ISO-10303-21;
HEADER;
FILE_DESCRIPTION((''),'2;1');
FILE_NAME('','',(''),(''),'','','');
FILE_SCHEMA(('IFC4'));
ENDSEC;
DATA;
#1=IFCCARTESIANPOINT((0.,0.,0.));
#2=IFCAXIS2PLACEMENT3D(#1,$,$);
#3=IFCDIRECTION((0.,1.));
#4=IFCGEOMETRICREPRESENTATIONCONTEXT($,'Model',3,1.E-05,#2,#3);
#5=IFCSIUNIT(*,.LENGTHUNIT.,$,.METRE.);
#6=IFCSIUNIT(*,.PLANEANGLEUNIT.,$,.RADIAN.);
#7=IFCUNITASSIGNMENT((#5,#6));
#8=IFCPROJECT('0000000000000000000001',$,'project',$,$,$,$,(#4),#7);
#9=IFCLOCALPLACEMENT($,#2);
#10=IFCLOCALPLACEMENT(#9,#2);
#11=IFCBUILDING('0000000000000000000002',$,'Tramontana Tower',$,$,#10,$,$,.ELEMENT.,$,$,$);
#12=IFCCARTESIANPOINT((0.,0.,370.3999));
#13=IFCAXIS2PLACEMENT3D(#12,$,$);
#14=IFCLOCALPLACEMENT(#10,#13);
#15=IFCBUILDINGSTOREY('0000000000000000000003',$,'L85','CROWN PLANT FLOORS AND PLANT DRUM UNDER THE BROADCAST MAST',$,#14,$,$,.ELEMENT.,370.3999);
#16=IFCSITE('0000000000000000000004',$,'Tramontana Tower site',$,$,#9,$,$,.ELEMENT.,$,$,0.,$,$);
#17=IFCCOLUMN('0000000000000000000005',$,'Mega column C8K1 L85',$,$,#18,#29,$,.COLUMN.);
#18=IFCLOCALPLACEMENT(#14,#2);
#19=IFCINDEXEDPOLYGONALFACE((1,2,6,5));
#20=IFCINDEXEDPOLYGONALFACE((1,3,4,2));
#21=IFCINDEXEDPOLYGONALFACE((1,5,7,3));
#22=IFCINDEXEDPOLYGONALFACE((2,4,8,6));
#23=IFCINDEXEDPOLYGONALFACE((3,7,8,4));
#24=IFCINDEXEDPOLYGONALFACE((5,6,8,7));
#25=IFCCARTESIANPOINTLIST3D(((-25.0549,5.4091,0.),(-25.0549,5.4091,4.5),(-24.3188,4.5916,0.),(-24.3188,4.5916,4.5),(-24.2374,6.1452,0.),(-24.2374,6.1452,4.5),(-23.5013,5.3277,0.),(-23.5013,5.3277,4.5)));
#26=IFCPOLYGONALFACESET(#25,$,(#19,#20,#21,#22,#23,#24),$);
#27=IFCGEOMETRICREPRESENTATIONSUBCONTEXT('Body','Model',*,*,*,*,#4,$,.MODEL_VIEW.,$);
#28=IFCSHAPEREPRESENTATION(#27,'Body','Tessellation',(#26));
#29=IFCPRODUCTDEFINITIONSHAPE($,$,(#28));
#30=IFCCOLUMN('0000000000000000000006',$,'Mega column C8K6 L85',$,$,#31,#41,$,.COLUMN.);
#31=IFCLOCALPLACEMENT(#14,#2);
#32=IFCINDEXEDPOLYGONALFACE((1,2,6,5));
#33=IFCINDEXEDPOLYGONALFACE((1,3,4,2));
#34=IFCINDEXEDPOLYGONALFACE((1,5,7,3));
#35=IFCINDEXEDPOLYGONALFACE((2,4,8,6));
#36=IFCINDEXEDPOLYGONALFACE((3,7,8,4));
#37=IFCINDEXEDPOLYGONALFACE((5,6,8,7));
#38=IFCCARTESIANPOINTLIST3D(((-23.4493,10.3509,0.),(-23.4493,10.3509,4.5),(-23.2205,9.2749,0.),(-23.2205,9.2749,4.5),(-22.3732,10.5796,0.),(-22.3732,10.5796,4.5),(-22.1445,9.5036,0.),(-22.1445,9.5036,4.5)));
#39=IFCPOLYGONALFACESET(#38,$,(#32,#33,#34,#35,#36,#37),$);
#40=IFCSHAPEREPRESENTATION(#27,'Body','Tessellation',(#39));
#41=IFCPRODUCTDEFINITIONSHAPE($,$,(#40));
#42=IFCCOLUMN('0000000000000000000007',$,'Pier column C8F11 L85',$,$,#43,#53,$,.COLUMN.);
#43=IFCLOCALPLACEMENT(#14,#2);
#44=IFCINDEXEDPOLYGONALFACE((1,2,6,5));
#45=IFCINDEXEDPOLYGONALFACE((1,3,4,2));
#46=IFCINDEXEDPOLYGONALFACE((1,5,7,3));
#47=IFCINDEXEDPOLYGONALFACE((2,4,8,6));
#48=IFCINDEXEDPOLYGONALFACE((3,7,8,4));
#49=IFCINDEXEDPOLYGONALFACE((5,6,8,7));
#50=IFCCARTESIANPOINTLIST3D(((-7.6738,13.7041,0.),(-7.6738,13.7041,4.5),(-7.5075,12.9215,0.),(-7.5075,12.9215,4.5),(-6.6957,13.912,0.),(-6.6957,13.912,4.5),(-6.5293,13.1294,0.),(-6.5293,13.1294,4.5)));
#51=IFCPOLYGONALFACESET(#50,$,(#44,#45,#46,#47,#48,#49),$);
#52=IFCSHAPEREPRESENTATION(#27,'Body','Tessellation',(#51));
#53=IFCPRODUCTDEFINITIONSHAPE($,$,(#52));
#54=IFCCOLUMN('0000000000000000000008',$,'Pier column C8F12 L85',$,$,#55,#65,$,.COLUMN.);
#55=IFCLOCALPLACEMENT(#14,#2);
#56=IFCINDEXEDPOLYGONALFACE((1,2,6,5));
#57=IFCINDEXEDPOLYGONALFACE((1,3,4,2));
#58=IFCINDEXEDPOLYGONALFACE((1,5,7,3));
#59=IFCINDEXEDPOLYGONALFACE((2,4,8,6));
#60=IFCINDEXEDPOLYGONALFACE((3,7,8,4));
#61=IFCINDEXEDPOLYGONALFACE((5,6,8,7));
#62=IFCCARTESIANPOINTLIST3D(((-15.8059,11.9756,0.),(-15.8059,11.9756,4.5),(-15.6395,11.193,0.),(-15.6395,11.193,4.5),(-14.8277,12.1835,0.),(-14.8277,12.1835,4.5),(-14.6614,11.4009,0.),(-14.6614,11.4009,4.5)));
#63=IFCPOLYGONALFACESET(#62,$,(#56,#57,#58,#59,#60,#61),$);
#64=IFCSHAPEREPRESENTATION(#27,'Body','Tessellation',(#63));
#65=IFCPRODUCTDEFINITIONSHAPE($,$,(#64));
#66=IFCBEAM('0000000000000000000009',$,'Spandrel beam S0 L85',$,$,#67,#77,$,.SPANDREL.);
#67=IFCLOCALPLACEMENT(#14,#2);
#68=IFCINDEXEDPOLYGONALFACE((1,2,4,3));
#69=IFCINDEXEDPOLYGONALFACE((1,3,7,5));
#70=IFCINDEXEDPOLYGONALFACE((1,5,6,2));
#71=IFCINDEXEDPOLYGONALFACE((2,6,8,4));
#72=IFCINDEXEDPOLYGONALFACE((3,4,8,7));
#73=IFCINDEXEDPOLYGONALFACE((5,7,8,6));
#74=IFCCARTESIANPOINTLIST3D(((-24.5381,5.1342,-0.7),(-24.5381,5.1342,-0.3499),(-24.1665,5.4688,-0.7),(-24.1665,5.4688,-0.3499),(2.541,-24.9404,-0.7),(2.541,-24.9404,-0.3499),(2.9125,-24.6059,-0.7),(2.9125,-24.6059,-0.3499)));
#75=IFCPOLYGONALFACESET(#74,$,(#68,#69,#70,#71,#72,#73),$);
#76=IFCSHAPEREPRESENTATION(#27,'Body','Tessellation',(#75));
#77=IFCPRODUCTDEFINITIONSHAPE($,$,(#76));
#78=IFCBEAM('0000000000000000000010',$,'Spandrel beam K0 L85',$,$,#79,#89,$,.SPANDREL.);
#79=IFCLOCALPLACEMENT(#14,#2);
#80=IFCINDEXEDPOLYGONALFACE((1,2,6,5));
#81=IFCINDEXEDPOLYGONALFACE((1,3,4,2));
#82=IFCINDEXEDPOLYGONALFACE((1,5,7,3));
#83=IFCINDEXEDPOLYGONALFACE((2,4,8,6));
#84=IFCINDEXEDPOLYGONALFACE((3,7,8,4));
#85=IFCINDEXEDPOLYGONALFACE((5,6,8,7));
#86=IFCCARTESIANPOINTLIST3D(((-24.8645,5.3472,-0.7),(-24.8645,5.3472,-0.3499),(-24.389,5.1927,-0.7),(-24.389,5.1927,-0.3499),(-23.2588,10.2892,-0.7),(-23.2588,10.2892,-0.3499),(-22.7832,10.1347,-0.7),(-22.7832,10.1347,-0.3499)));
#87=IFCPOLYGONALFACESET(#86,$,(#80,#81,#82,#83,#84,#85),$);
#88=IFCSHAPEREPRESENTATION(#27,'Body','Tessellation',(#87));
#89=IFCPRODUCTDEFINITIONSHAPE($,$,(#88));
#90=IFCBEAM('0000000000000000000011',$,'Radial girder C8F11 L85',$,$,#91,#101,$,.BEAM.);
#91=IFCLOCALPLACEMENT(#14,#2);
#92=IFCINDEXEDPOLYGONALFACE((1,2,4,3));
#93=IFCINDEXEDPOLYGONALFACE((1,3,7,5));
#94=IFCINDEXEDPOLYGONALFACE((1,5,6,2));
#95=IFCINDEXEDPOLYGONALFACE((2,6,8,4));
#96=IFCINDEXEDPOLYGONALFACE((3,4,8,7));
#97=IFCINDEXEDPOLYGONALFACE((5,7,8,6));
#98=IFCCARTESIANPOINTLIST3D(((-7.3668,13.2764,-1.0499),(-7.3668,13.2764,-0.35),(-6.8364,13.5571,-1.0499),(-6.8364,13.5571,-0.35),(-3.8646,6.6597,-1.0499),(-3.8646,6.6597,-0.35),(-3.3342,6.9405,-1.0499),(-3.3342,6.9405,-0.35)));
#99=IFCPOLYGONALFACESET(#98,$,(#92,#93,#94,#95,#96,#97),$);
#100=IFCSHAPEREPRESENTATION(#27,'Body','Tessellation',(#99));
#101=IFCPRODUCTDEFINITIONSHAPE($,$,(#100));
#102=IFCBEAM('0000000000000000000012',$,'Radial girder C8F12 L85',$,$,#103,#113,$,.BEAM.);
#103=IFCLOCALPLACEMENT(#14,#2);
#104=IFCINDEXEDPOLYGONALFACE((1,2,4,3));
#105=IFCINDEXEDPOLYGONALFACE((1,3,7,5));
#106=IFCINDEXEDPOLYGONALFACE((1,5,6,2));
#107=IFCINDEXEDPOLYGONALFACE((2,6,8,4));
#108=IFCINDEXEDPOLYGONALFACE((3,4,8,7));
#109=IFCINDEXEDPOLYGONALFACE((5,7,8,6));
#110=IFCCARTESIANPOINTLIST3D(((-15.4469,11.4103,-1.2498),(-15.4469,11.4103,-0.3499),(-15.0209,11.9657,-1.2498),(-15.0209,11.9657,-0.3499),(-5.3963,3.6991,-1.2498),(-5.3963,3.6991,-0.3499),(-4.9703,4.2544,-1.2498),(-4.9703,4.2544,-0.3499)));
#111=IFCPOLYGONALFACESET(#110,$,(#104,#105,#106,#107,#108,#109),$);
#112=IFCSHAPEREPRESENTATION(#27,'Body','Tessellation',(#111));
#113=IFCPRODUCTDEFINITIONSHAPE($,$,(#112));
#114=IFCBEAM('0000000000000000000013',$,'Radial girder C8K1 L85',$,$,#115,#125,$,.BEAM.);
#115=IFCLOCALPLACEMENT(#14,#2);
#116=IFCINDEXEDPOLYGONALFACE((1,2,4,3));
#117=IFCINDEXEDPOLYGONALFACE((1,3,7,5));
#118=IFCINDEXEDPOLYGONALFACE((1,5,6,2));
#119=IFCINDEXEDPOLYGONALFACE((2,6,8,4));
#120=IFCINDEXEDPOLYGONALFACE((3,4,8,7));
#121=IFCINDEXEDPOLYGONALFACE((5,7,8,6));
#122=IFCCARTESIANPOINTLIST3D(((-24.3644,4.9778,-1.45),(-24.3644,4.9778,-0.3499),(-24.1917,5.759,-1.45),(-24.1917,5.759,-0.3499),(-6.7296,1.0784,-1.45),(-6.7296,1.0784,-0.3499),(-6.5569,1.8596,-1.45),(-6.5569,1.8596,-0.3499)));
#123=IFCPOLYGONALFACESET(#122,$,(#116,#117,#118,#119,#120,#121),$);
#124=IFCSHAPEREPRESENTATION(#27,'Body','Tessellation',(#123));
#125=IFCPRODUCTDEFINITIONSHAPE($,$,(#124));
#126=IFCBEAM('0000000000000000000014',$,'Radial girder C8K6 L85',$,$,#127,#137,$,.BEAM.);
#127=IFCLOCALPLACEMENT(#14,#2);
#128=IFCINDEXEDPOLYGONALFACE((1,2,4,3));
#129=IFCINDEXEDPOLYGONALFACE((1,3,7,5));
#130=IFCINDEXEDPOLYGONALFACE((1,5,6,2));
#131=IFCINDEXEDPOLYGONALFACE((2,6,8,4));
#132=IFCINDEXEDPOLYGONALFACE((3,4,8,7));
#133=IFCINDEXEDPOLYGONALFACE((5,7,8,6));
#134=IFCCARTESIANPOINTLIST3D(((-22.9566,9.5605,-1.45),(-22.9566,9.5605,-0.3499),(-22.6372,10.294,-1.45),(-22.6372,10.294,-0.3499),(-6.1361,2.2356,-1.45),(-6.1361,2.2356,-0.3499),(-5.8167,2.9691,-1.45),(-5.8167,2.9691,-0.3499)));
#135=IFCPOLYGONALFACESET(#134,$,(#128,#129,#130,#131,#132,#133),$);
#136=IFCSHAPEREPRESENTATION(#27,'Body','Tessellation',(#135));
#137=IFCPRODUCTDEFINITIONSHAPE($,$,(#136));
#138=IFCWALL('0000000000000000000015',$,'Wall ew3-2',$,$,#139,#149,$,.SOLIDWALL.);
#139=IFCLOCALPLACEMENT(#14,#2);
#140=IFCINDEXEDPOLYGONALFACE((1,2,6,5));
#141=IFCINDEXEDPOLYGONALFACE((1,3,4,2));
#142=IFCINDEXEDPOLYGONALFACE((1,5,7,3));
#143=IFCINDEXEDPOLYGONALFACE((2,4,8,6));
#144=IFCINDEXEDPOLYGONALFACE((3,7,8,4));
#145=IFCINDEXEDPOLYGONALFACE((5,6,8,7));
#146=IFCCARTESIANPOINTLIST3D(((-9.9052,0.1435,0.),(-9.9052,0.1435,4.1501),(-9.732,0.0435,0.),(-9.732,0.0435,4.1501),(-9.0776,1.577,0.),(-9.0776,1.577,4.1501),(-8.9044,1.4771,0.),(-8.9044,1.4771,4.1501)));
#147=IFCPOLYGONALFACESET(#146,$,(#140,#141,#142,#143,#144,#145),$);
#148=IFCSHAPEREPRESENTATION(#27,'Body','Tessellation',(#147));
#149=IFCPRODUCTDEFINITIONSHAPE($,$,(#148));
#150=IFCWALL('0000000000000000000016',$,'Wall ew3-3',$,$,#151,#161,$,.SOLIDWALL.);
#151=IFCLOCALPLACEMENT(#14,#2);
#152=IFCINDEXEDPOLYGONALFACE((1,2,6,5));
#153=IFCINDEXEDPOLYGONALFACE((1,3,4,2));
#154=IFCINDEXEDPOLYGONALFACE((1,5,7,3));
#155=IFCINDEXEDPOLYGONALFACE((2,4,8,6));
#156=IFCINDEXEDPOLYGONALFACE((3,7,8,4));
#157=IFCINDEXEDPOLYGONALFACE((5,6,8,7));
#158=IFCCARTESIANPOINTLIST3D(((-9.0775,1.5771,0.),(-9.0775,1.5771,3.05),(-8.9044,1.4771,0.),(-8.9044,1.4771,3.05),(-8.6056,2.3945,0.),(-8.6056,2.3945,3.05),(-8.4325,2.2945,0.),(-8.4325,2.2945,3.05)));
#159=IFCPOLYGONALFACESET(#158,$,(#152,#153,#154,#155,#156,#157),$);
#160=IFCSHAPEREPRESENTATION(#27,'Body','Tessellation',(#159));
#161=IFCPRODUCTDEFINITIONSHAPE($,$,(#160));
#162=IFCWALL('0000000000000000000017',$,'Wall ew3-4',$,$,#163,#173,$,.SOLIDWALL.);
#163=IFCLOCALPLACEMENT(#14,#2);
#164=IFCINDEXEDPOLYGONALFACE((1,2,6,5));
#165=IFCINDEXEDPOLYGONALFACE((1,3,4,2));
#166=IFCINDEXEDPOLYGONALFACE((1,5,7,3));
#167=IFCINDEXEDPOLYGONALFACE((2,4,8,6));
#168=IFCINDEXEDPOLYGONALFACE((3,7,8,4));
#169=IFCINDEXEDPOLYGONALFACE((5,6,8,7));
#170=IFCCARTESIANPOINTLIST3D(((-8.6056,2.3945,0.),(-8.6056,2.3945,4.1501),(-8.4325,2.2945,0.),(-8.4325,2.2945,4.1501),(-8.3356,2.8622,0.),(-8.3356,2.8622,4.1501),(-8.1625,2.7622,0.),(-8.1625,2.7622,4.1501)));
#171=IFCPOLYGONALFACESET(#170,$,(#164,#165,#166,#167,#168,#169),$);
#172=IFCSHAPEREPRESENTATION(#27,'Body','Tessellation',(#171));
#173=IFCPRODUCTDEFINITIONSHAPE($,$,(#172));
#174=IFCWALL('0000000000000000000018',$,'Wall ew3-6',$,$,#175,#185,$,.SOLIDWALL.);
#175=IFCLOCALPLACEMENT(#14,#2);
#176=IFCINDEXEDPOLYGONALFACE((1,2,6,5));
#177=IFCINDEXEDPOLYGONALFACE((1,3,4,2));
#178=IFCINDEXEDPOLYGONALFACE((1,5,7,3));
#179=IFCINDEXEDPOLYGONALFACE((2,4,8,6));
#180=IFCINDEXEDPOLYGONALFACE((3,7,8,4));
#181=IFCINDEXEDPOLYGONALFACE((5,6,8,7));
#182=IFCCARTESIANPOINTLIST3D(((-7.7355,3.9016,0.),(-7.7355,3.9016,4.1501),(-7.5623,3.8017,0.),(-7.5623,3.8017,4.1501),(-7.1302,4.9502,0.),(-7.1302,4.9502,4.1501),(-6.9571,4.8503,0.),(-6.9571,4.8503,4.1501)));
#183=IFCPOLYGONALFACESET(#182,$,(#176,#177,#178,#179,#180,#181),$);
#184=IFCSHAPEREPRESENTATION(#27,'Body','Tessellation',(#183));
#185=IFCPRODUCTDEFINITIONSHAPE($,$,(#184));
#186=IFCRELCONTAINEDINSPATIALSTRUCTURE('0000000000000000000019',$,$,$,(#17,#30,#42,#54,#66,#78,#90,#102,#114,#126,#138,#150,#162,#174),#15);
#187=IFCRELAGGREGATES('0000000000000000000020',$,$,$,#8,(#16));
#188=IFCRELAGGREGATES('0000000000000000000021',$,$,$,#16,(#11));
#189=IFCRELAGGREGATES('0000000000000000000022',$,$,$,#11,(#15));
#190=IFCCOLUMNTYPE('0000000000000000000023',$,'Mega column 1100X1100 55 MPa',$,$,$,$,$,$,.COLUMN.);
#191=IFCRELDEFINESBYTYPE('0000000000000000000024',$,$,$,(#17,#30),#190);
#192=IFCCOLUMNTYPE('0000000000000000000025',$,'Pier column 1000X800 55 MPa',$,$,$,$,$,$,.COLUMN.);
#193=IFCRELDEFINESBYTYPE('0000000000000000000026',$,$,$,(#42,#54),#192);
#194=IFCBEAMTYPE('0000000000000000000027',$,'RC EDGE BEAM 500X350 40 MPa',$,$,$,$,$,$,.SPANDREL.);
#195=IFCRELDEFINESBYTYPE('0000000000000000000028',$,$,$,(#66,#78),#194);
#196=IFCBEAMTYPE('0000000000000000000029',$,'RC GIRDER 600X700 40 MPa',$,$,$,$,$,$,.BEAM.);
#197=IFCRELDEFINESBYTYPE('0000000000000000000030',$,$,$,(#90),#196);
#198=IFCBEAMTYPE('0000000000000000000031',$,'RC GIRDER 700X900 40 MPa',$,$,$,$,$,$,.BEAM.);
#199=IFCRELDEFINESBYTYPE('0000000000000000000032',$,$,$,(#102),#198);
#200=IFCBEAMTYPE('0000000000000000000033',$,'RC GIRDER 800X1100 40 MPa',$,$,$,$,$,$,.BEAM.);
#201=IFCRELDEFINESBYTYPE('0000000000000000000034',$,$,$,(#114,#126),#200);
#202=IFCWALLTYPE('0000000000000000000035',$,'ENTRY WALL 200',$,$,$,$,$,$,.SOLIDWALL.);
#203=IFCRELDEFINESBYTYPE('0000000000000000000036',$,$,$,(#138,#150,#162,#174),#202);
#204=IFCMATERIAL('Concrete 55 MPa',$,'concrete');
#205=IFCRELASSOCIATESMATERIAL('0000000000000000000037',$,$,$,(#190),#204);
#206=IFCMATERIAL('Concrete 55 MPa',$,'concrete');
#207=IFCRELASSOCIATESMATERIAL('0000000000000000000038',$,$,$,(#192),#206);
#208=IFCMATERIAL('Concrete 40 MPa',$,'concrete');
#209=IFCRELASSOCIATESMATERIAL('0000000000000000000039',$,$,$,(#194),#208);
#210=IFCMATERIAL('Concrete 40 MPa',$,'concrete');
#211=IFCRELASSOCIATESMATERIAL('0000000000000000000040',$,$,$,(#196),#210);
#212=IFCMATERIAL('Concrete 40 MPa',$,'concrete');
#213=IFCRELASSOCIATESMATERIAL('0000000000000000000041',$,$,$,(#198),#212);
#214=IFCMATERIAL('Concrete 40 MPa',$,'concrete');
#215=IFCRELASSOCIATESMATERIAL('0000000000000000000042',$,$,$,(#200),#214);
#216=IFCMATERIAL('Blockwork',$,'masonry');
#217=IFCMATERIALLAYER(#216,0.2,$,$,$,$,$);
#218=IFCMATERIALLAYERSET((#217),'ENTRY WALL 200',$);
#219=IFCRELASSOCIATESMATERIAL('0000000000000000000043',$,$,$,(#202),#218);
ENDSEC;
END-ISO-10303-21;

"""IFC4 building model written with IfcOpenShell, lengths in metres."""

from ifc_helpers import new_model, si_unit, direction, frame, frame_2d, origin, origin_2d, place, context, subcontext, project, spatial, rectangle, extrude, material, layer, layer_set, material_profile, profile_set, type_object, element, save


model = new_model("IFC4")

# Units and contexts
model_context = context("Model", 3, precision=1e-05, world=origin(), true_north=direction((0.0, 1.0)))
body_context = subcontext(model_context, "Body", "Model", "MODEL_VIEW")
ifc_project = project(units=[si_unit("LENGTHUNIT", "METRE"), si_unit("PLANEANGLEUNIT", "RADIAN")], contexts=[model_context])

# Site, building, storey
site_placement = place(None, origin())
site = spatial("IfcSite", under=ifc_project, at=site_placement, Name="Tramontana Tower site", CompositionType="ELEMENT", RefElevation=0.0)
building_placement = place(site_placement, origin())
building = spatial("IfcBuilding", under=site, at=building_placement, Name="Tramontana Tower", CompositionType="ELEMENT")
storey_placement = place(building_placement, frame((0.0, 0.0, 370.3999)))
storey = spatial("IfcBuildingStorey", under=building, at=storey_placement, Name="L85", Description="CROWN PLANT FLOORS AND PLANT DRUM UNDER THE BROADCAST MAST", CompositionType="ELEMENT", Elevation=370.3999)

# Columns
ifc_material_1 = material(Name="Concrete 55 MPa", Category="concrete")
ifc_material_profile_1 = material_profile(ifc_material_1, rectangle(XDim=1.1001, YDim=1.1001, at=origin_2d()), Name="Mega column 1100X1100 55 MPa")
ifc_profile_set_1 = profile_set([ifc_material_profile_1], Name="Concrete 55 MPa")
column_type_1 = type_object("IfcColumnType", Name="Mega column 1100X1100 55 MPa", PredefinedType="COLUMN", material=ifc_profile_set_1)
for number, where, z_axis, x_axis, name in (
    (1, (-24.2781, 5.3684, 0.0), (0.0, 0.0, 1.0), (0.669131, -0.743145, 0.0), "Mega column C8K1 L85"),
    (2, (-22.7969, 9.9272, 0.0), (0.0, 0.0, 1.0), (-0.978148, -0.207912, 0.0), "Mega column C8K6 L85"),
):
    element("IfcColumn", number, at=place(storey_placement, frame(where, z_axis=z_axis, x_axis=x_axis)), inside=storey, type_object=column_type_1, Name=name, PredefinedType="COLUMN", context=body_context, shape_type="SweptSolid", body=[
        extrude(rectangle(XDim=1.1001, YDim=1.1001, at=origin_2d()), origin(), (0.0, 0.0, 1.0), 4.5),
    ])
ifc_material_2 = material(Name="Concrete 55 MPa", Category="concrete")
ifc_material_profile_2 = material_profile(ifc_material_2, rectangle(XDim=1.0, YDim=0.8, at=origin_2d()), Name="Pier column 1000X800 55 MPa")
ifc_profile_set_2 = profile_set([ifc_material_profile_2], Name="Concrete 55 MPa")
column_type_2 = type_object("IfcColumnType", Name="Pier column 1000X800 55 MPa", PredefinedType="COLUMN", material=ifc_profile_set_2)
for number, where, z_axis, x_axis, name in (
    (3, (-7.1016, 13.4167, 0.0), (0.0, 0.0, 1.0), (-0.978148, -0.207912, 0.0), "Pier column C8F11 L85"),
    (4, (-15.2336, 11.6882, 0.0), (0.0, 0.0, 1.0), (-0.978148, -0.207912, 0.0), "Pier column C8F12 L85"),
):
    element("IfcColumn", number, at=place(storey_placement, frame(where, z_axis=z_axis, x_axis=x_axis)), inside=storey, type_object=column_type_2, Name=name, PredefinedType="COLUMN", context=body_context, shape_type="SweptSolid", body=[
        extrude(rectangle(XDim=1.0, YDim=0.8, at=origin_2d()), origin(), (0.0, 0.0, 1.0), 4.5),
    ])

# Beams
ifc_material_3 = material(Name="Concrete 40 MPa", Category="concrete")
ifc_material_profile_3 = material_profile(ifc_material_3, rectangle(XDim=0.5, YDim=0.3501, at=origin_2d()), Name="RC EDGE BEAM 500X350 40 MPa")
ifc_profile_set_3 = profile_set([ifc_material_profile_3], Name="Concrete 40 MPa")
beam_type_1 = type_object("IfcBeamType", Name="RC EDGE BEAM 500X350 40 MPa", PredefinedType="SPANDREL", material=ifc_profile_set_3)
beam_1_placement = place(storey_placement, frame((-24.3523, 5.3015, -0.5249), z_axis=(0.669127, -0.743148, 0.0), x_axis=(0.743148, 0.669127, 0.0)))
element("IfcBeam", 5, at=beam_1_placement, inside=storey, type_object=beam_type_1, Name="Spandrel beam S0 L85", PredefinedType="SPANDREL", context=body_context, shape_type="SweptSolid", body=[
    extrude(rectangle(XDim=0.5, YDim=0.3501, at=origin_2d()), origin(), (0.0, 0.0, 1.0), 40.4692),
])
beam_2_placement = place(storey_placement, frame((-23.021, 10.2119, -0.5249), z_axis=(-0.309016, -0.951057, 0.0), x_axis=(0.951057, -0.309016, 0.0)))
element("IfcBeam", 6, at=beam_2_placement, inside=storey, type_object=beam_type_1, Name="Spandrel beam K0 L85", PredefinedType="SPANDREL", context=body_context, shape_type="SweptSolid", body=[
    extrude(rectangle(XDim=0.5, YDim=0.3501, at=origin_2d()), origin(), (0.0, 0.0, 1.0), 5.1963),
])
ifc_material_4 = material(Name="Concrete 40 MPa", Category="concrete")
ifc_material_profile_4 = material_profile(ifc_material_4, rectangle(XDim=0.6001, YDim=0.7, at=origin_2d()), Name="RC GIRDER 600X700 40 MPa")
ifc_profile_set_4 = profile_set([ifc_material_profile_4], Name="Concrete 40 MPa")
beam_type_2 = type_object("IfcBeamType", Name="RC GIRDER 600X700 40 MPa", PredefinedType="BEAM", material=ifc_profile_set_4)
beam_3_placement = place(storey_placement, frame((-7.1016, 13.4167, -0.7), z_axis=(0.467808, -0.88383, 0.0), x_axis=(0.88383, 0.467808, 0.0)))
element("IfcBeam", 7, at=beam_3_placement, inside=storey, type_object=beam_type_2, Name="Radial girder C8F11 L85", PredefinedType="BEAM", context=body_context, shape_type="SweptSolid", body=[
    extrude(rectangle(XDim=0.6001, YDim=0.7, at=origin_2d()), origin(), (0.0, 0.0, 1.0), 7.4863),
])
ifc_material_5 = material(Name="Concrete 40 MPa", Category="concrete")
ifc_material_profile_5 = material_profile(ifc_material_5, rectangle(XDim=0.7, YDim=0.8999, at=origin_2d()), Name="RC GIRDER 700X900 40 MPa")
ifc_profile_set_5 = profile_set([ifc_material_profile_5], Name="Concrete 40 MPa")
beam_type_3 = type_object("IfcBeamType", Name="RC GIRDER 700X900 40 MPa", PredefinedType="BEAM", material=ifc_profile_set_5)
beam_4_placement = place(storey_placement, frame((-15.2339, 11.688, -0.7998), z_axis=(0.793386, -0.608718, 0.0), x_axis=(0.608718, 0.793386, 0.0)))
element("IfcBeam", 8, at=beam_4_placement, inside=storey, type_object=beam_type_3, Name="Radial girder C8F12 L85", PredefinedType="BEAM", context=body_context, shape_type="SweptSolid", body=[
    extrude(rectangle(XDim=0.7, YDim=0.8999, at=origin_2d()), origin(), (0.0, 0.0, 1.0), 12.668),
])
ifc_material_6 = material(Name="Concrete 40 MPa", Category="concrete")
ifc_material_profile_6 = material_profile(ifc_material_6, rectangle(XDim=0.8, YDim=1.1001, at=origin_2d()), Name="RC GIRDER 800X1100 40 MPa")
ifc_profile_set_6 = profile_set([ifc_material_profile_6], Name="Concrete 40 MPa")
beam_type_4 = type_object("IfcBeamType", Name="RC GIRDER 800X1100 40 MPa", PredefinedType="BEAM", material=ifc_profile_set_6)
beam_5_placement = place(storey_placement, frame((-24.2781, 5.3684, -0.8999), z_axis=(0.976414, -0.215906, 0.0), x_axis=(0.215906, 0.976414, 0.0)))
element("IfcBeam", 9, at=beam_5_placement, inside=storey, type_object=beam_type_4, Name="Radial girder C8K1 L85", PredefinedType="BEAM", context=body_context, shape_type="SweptSolid", body=[
    extrude(rectangle(XDim=0.8, YDim=1.1001, at=origin_2d()), origin(), (0.0, 0.0, 1.0), 18.0608),
])
beam_6_placement = place(storey_placement, frame((-22.7969, 9.9272, -0.8999), z_axis=(0.916837, -0.399261, 0.0), x_axis=(0.399261, 0.916837, 0.0)))
element("IfcBeam", 10, at=beam_6_placement, inside=storey, type_object=beam_type_4, Name="Radial girder C8K6 L85", PredefinedType="BEAM", context=body_context, shape_type="SweptSolid", body=[
    extrude(rectangle(XDim=0.8, YDim=1.1001, at=origin_2d()), origin(), (0.0, 0.0, 1.0), 18.3462),
])

# Walls
ifc_material_7 = material(Name="Blockwork", Category="masonry")
ifc_layer_1 = layer(ifc_material_7, 0.2)
ifc_layer_set_1 = layer_set([ifc_layer_1], Name="ENTRY WALL 200")
wall_type_1 = type_object("IfcWallType", Name="ENTRY WALL 200", PredefinedType="SOLIDWALL", material=ifc_layer_set_1)
wall_1_placement = place(storey_placement, frame((-9.8186, 0.0935, 0.0), z_axis=(0.0, 0.0, 1.0), x_axis=(0.499978, 0.866038, 0.0)))
element("IfcWall", 11, at=wall_1_placement, inside=storey, type_object=wall_type_1, Name="Wall ew3-2", PredefinedType="SOLIDWALL", context=body_context, shape_type="SweptSolid", body=[
    extrude(rectangle(XDim=1.6553, YDim=0.2, at=frame_2d((0.8276, 0.0))), origin(), (0.0, 0.0, 1.0), 4.1501),
])
wall_2_placement = place(storey_placement, frame((-8.991, 1.5271, 0.0), z_axis=(0.0, 0.0, 1.0), x_axis=(0.500006, 0.866022, 0.0)))
element("IfcWall", 12, at=wall_2_placement, inside=storey, type_object=wall_type_1, Name="Wall ew3-3", PredefinedType="SOLIDWALL", context=body_context, shape_type="SweptSolid", body=[
    extrude(rectangle(XDim=0.9438, YDim=0.2, at=frame_2d((0.4719, 0.0))), origin(), (0.0, 0.0, 1.0), 3.05),
])
wall_3_placement = place(storey_placement, frame((-8.519, 2.3445, 0.0), z_axis=(0.0, 0.0, 1.0), x_axis=(0.499931, 0.866065, 0.0)))
element("IfcWall", 13, at=wall_3_placement, inside=storey, type_object=wall_type_1, Name="Wall ew3-4", PredefinedType="SOLIDWALL", context=body_context, shape_type="SweptSolid", body=[
    extrude(rectangle(XDim=0.54, YDim=0.2, at=frame_2d((0.27, 0.0))), origin(), (0.0, 0.0, 1.0), 4.1501),
])

# Wall
wall_4_placement = place(storey_placement, frame((-7.6489, 3.8516, 0.0), z_axis=(0.0, 0.0, 1.0), x_axis=(0.499891, 0.866088, 0.0)))
element("IfcWall", 14, at=wall_4_placement, inside=storey, type_object=wall_type_1, Name="Wall ew3-6", PredefinedType="SOLIDWALL", context=body_context, shape_type="SweptSolid", body=[
    extrude(rectangle(XDim=1.2107, YDim=0.2, at=frame_2d((0.6055, 0.0))), origin(), (0.0, 0.0, 1.0), 4.1501),
])

save(model, "model.ifc")
